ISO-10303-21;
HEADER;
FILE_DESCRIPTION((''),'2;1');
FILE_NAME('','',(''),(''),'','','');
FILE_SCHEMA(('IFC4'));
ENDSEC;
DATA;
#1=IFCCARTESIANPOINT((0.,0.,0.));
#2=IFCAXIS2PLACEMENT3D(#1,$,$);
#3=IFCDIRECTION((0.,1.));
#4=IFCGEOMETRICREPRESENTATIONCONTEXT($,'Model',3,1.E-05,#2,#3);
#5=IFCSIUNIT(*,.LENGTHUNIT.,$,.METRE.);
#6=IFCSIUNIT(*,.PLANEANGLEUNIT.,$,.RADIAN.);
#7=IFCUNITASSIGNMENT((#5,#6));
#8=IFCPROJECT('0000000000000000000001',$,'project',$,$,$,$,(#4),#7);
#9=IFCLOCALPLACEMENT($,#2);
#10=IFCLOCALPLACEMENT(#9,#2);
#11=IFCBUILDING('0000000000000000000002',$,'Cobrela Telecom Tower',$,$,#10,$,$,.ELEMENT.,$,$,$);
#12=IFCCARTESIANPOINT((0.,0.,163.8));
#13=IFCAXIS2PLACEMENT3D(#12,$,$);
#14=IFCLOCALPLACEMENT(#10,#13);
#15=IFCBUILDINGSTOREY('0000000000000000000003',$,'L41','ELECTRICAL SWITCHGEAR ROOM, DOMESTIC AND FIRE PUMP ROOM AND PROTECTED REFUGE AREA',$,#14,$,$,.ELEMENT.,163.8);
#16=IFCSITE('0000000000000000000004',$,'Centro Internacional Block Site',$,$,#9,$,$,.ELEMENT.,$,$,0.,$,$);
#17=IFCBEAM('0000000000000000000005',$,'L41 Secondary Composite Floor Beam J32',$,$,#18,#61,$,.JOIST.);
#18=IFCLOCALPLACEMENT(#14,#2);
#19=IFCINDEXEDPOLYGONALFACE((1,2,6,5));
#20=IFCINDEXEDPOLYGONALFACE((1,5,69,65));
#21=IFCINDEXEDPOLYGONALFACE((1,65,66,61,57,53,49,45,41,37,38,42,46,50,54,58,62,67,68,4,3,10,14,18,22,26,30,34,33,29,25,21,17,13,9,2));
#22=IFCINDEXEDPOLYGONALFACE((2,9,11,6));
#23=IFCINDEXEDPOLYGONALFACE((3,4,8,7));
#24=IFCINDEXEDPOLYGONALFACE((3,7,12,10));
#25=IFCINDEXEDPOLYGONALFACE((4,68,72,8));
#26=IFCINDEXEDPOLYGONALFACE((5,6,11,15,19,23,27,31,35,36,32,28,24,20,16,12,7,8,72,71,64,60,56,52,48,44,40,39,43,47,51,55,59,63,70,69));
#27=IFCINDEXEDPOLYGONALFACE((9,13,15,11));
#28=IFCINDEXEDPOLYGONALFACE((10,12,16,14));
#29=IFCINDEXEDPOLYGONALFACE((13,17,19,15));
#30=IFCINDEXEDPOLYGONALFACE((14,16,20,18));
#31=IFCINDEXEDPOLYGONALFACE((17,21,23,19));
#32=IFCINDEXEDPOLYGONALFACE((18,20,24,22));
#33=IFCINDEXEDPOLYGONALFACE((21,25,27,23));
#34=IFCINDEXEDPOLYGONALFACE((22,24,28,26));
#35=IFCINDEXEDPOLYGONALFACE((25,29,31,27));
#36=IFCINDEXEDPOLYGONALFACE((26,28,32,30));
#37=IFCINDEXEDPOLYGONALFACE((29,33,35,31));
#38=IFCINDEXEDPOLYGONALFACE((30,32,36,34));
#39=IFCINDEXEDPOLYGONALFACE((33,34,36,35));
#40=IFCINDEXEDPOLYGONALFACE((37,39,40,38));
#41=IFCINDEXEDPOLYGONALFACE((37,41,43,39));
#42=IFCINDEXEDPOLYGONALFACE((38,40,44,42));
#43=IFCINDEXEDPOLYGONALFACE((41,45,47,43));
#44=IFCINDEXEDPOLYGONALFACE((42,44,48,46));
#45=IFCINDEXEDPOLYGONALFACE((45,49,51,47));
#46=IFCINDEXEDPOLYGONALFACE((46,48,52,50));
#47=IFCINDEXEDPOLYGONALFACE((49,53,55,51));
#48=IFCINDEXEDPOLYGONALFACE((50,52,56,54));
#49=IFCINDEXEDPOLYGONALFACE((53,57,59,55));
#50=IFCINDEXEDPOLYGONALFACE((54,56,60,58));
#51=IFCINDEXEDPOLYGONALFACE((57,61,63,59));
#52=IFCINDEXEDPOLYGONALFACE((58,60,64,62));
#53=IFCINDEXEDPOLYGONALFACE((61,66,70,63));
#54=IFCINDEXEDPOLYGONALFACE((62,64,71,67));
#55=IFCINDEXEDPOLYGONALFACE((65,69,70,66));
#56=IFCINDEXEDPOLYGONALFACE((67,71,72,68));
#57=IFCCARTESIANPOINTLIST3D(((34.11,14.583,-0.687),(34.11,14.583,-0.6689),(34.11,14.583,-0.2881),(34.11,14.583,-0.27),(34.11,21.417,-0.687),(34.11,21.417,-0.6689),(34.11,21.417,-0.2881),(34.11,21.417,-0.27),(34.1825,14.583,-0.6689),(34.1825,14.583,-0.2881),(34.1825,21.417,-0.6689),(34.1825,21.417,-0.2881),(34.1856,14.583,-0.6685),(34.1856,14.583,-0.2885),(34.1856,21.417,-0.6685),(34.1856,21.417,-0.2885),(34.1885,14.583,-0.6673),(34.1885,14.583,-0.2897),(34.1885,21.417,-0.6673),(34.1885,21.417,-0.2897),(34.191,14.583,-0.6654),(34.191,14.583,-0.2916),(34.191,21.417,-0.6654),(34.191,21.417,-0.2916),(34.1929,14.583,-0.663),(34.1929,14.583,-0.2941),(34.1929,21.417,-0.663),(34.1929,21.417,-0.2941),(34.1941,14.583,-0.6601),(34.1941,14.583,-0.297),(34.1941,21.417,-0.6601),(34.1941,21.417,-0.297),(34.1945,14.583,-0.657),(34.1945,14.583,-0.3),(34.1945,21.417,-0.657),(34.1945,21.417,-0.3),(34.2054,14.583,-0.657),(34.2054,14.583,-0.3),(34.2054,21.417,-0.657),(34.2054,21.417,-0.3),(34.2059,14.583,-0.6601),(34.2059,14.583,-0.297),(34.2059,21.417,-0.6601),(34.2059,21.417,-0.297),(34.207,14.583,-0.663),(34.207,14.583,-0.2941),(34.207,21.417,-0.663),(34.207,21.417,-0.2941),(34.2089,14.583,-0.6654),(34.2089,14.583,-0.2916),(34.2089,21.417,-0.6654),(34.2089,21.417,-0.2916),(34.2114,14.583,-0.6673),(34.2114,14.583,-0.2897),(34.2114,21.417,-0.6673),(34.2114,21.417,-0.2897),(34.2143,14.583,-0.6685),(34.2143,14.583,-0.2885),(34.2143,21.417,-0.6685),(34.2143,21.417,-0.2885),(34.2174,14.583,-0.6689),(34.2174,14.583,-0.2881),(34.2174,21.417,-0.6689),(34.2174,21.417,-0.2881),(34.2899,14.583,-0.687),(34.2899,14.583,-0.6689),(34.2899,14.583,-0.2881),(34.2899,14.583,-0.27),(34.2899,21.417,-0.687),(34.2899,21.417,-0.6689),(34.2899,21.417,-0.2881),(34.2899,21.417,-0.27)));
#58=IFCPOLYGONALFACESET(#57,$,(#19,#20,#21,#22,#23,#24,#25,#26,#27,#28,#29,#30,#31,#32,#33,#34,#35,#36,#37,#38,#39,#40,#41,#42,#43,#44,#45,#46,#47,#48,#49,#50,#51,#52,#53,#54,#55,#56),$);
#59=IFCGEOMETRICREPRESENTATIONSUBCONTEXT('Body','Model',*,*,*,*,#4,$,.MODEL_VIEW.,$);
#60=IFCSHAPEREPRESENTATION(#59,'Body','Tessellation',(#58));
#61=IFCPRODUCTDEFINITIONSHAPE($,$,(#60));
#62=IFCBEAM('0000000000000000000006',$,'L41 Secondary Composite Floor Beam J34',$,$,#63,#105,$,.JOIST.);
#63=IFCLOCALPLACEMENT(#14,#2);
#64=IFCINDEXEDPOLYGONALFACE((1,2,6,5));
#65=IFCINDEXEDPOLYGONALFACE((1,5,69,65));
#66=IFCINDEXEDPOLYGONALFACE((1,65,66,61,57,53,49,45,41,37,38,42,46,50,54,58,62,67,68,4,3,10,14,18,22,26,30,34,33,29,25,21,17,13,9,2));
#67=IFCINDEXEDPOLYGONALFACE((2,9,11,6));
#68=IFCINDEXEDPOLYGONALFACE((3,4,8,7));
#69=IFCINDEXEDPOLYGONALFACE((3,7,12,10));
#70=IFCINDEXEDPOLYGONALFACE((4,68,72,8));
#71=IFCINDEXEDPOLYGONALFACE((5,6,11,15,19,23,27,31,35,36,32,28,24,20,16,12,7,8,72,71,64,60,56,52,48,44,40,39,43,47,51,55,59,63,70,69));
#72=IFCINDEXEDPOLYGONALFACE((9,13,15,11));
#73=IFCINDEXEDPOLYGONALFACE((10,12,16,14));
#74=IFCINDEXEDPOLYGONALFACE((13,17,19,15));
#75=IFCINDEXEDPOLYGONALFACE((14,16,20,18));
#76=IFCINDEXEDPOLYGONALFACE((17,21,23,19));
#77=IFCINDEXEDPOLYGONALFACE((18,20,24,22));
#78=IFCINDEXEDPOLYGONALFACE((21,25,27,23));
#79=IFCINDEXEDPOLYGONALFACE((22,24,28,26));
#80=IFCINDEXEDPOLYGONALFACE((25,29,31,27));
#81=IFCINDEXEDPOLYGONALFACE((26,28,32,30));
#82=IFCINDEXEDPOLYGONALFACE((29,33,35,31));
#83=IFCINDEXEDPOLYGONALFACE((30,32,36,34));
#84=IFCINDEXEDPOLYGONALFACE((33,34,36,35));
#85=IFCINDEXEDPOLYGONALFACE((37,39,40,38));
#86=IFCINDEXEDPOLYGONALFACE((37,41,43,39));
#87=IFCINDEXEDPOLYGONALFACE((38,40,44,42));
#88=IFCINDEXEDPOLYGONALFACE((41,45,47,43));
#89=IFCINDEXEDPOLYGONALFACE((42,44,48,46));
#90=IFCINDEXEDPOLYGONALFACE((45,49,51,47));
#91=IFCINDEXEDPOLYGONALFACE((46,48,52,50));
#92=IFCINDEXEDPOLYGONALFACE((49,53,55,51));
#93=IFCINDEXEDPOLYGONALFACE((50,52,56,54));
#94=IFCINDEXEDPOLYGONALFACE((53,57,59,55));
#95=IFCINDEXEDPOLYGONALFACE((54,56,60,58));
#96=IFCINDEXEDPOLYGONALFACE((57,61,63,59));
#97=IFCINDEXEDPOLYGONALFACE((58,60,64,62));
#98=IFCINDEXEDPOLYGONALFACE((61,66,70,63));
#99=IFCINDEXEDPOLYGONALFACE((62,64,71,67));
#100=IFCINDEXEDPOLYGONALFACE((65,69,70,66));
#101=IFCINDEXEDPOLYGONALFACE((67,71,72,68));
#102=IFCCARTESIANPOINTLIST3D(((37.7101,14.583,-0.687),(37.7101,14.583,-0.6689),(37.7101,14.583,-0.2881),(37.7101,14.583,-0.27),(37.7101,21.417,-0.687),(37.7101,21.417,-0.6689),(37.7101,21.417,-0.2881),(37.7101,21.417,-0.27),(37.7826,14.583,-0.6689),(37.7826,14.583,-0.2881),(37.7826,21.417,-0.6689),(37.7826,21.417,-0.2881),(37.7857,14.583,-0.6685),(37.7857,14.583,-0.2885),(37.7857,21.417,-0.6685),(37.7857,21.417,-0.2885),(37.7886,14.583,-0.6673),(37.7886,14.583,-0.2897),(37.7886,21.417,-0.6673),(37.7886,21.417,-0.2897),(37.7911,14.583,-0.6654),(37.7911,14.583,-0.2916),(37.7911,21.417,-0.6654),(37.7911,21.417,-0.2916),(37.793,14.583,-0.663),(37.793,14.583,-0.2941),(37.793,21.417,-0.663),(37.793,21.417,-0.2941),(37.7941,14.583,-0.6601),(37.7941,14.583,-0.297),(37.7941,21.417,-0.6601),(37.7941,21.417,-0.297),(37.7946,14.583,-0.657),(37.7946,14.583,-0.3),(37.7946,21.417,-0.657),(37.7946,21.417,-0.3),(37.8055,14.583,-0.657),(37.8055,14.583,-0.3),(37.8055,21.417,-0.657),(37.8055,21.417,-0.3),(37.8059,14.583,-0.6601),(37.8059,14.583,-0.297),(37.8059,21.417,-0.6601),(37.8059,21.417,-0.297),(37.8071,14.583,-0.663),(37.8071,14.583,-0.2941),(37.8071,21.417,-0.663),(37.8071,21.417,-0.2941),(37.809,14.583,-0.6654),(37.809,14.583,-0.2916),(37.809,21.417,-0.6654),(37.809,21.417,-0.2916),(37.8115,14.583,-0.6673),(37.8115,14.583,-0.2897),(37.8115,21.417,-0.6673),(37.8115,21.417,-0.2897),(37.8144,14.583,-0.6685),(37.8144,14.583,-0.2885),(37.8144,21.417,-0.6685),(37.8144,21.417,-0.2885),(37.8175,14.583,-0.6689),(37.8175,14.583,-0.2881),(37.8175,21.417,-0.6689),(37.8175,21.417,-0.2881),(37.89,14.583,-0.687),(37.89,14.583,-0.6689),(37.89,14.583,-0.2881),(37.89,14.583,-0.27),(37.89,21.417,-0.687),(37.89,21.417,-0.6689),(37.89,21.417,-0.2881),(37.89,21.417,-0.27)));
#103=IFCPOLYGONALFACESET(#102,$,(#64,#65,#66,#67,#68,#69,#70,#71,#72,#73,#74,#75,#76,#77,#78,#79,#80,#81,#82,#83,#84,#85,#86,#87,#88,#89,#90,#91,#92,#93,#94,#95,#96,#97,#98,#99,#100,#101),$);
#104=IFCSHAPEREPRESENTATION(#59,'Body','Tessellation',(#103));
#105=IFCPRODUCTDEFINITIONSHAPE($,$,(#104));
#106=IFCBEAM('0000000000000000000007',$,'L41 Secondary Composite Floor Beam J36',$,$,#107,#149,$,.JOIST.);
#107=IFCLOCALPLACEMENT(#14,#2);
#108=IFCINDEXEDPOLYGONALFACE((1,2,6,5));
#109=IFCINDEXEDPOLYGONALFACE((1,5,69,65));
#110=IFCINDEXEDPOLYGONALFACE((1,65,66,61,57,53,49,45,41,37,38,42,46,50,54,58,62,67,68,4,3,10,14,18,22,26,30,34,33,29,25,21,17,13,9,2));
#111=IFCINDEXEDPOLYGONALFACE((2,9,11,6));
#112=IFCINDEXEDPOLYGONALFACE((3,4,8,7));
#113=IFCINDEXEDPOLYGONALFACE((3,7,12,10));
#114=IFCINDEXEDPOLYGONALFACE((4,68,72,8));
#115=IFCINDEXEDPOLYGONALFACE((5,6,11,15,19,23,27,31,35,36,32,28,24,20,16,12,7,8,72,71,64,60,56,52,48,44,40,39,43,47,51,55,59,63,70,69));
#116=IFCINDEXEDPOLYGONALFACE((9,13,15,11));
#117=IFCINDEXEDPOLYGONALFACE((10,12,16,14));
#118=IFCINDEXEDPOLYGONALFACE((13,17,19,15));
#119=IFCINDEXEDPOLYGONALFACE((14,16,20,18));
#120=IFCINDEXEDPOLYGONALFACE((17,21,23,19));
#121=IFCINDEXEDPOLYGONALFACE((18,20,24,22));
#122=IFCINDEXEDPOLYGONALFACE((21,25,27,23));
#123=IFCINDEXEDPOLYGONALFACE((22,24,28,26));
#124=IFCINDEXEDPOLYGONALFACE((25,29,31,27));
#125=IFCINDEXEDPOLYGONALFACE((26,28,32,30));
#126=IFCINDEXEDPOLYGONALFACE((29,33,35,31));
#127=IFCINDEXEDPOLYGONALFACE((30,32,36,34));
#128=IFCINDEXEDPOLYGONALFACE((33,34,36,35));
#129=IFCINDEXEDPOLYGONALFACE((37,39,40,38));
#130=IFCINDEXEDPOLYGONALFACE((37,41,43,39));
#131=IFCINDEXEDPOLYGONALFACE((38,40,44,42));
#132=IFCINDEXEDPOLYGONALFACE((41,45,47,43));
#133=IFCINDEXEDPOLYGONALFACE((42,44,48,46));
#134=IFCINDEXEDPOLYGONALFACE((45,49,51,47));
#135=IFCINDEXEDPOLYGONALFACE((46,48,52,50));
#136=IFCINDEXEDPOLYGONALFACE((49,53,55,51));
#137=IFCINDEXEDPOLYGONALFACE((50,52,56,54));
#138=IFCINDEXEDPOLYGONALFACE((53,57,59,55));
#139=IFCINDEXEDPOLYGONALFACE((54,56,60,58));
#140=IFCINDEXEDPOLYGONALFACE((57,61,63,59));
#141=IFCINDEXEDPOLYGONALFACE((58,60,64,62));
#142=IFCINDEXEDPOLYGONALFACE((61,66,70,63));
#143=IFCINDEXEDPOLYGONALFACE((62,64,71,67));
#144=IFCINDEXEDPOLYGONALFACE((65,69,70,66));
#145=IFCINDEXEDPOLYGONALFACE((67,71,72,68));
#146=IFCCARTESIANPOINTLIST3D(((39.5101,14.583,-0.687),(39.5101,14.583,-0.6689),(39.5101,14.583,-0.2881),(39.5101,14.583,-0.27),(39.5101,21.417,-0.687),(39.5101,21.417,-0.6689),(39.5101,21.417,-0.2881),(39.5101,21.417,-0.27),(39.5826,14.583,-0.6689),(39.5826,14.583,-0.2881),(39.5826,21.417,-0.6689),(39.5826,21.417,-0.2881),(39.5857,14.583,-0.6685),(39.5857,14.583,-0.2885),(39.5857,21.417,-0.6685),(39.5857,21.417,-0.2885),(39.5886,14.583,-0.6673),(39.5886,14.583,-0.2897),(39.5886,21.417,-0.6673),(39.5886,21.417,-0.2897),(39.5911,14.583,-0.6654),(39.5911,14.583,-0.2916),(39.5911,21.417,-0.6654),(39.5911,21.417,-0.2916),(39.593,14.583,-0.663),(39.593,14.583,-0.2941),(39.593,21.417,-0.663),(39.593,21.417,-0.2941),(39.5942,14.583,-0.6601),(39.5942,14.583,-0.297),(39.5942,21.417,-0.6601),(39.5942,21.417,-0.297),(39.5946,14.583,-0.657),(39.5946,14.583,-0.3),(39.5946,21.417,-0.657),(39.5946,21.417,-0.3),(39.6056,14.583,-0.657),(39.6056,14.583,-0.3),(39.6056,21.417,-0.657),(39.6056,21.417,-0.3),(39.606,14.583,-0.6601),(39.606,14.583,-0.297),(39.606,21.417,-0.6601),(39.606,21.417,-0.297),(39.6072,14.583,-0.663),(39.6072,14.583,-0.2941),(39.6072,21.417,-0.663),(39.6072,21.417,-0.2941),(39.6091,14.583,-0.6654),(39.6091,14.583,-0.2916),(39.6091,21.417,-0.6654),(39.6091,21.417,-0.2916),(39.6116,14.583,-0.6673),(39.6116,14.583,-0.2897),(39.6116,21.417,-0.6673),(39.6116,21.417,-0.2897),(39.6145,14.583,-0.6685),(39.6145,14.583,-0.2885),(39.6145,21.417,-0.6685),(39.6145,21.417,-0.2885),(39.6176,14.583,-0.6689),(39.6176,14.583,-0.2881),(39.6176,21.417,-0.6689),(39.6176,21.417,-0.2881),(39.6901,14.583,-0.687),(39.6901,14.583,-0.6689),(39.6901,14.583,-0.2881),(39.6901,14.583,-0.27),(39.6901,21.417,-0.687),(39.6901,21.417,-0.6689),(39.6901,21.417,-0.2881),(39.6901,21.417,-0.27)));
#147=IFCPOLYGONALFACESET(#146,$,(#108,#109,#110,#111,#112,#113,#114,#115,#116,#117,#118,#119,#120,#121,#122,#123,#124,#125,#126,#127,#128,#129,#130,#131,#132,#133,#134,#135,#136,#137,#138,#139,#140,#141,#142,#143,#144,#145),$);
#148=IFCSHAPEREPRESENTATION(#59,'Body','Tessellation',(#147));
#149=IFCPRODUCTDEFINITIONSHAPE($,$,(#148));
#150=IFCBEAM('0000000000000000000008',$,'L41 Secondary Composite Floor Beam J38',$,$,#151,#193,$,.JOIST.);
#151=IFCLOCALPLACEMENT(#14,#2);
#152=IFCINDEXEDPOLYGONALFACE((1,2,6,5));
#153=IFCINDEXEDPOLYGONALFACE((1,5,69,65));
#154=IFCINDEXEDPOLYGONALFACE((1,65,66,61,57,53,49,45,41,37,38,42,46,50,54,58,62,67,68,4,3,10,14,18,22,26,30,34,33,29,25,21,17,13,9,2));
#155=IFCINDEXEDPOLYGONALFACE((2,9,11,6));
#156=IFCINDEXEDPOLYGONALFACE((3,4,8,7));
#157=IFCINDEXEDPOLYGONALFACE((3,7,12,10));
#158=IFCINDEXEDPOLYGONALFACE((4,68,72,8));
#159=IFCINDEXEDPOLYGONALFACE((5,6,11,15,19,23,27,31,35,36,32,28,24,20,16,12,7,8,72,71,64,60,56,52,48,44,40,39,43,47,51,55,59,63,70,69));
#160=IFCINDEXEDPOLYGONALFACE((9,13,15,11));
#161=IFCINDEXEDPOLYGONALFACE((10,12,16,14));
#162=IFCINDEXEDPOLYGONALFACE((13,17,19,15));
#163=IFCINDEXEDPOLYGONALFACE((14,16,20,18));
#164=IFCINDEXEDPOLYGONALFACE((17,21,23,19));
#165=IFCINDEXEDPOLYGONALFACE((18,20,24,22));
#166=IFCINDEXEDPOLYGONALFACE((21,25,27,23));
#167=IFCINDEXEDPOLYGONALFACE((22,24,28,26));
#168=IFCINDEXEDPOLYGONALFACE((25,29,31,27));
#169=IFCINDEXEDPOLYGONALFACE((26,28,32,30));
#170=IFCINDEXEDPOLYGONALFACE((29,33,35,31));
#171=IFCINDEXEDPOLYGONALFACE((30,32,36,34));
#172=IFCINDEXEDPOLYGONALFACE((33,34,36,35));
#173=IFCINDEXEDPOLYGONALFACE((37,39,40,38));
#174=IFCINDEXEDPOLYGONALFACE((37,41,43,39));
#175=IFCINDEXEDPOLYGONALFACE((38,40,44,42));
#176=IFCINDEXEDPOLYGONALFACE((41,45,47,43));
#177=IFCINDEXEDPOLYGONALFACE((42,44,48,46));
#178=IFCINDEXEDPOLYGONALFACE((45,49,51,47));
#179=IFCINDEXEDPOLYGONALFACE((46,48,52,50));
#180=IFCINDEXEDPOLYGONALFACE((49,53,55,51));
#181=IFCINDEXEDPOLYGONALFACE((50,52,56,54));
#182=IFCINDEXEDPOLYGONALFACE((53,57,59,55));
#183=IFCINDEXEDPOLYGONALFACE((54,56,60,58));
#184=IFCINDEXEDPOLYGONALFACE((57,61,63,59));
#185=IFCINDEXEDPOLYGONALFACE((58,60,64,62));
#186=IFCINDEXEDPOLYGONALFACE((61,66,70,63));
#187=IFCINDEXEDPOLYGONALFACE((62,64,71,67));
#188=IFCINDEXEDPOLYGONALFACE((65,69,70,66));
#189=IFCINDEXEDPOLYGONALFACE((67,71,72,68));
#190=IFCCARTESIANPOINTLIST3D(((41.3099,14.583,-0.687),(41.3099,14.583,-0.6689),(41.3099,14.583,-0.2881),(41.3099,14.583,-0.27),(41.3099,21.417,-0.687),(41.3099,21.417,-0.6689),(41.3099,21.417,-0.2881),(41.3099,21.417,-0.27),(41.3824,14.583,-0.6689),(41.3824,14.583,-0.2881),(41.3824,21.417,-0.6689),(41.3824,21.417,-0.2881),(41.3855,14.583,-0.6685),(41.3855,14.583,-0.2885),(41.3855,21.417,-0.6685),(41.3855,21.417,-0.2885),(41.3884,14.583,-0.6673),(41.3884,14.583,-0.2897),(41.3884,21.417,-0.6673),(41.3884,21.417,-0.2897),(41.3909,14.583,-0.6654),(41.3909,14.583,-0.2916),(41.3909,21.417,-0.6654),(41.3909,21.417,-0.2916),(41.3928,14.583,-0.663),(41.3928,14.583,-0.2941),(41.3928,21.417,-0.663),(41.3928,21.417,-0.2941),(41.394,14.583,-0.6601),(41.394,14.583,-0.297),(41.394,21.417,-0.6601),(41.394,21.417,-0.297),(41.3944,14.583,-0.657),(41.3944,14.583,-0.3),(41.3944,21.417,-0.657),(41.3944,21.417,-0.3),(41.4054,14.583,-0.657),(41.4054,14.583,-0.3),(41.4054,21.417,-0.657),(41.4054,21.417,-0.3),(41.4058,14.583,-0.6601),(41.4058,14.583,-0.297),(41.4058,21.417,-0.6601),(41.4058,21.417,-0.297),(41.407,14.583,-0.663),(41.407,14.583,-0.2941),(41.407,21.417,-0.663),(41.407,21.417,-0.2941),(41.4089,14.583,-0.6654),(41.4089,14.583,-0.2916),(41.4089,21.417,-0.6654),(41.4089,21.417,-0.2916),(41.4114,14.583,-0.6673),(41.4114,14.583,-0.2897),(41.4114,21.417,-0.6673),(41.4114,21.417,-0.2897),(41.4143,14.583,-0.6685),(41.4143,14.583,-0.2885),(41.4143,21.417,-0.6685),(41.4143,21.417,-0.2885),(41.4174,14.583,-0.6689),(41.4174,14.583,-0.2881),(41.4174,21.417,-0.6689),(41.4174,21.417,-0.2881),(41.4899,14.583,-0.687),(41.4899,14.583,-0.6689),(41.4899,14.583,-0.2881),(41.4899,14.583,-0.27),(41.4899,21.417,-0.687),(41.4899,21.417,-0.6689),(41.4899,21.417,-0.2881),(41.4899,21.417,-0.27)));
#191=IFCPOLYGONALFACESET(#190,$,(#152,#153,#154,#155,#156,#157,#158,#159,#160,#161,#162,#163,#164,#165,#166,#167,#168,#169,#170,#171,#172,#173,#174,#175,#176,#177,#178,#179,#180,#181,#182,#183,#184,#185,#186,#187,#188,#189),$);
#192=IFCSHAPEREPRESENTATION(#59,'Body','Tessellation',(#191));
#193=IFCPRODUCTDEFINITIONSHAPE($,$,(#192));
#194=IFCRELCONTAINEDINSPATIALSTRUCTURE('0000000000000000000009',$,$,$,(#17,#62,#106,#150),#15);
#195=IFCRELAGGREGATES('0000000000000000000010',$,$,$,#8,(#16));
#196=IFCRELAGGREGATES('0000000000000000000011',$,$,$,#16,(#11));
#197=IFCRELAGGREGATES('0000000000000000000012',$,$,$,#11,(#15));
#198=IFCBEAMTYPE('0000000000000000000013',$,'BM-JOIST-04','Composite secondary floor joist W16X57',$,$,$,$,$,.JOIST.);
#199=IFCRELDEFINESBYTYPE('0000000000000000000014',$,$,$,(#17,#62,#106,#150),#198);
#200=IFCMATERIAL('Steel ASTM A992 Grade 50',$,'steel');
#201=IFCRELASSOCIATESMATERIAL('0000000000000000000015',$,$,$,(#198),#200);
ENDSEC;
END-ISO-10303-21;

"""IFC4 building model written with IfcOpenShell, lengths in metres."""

from ifc_helpers import new_model, si_unit, direction, frame, origin, origin_2d, place, context, subcontext, project, spatial, i_section, extrude, material, material_profile, profile_set, type_object, element, save


model = new_model("IFC4")

# Units and contexts
model_context = context("Model", 3, precision=1e-05, world=origin(), true_north=direction((0.0, 1.0)))
body_context = subcontext(model_context, "Body", "Model", "MODEL_VIEW")
ifc_project = project(units=[si_unit("LENGTHUNIT", "METRE"), si_unit("PLANEANGLEUNIT", "RADIAN")], contexts=[model_context])

# Site, building, storey
site_placement = place(None, origin())
site = spatial("IfcSite", under=ifc_project, at=site_placement, Name="Centro Internacional Block Site", CompositionType="ELEMENT", RefElevation=0.0)
building_placement = place(site_placement, origin())
building = spatial("IfcBuilding", under=site, at=building_placement, Name="Cobrela Telecom Tower", CompositionType="ELEMENT")
storey_placement = place(building_placement, frame((0.0, 0.0, 163.8)))
storey = spatial("IfcBuildingStorey", under=building, at=storey_placement, Name="L41", Description="ELECTRICAL SWITCHGEAR ROOM, DOMESTIC AND FIRE PUMP ROOM AND PROTECTED REFUGE AREA", CompositionType="ELEMENT", Elevation=163.8)

# Shared definitions
ifc_material_1 = material(Name="Steel ASTM A992 Grade 50", Category="steel")

# Beams
ifc_material_profile_1 = material_profile(ifc_material_1, i_section(OverallWidth=0.1799, OverallDepth=0.417, WebThickness=0.011, FlangeThickness=0.0181, FilletRadius=0.012, at=origin_2d()), Name="W16X57")
ifc_profile_set_1 = profile_set([ifc_material_profile_1], Name="Steel ASTM A992 Grade 50")
beam_type_1 = type_object("IfcBeamType", Name="BM-JOIST-04", Description="Composite secondary floor joist W16X57", PredefinedType="JOIST", material=ifc_profile_set_1)
for number, where, z_axis, x_axis, name in (
    (1, (34.2, 14.583, -0.4785), (0.0, 1.0, 0.0), (-1.0, 0.0, 0.0), "L41 Secondary Composite Floor Beam J32"),
    (2, (37.8, 14.583, -0.4785), (0.0, 1.0, 0.0), (-1.0, 0.0, 0.0), "L41 Secondary Composite Floor Beam J34"),
    (3, (39.6001, 14.583, -0.4785), (0.0, 1.0, 0.0), (-1.0, 0.0, 0.0), "L41 Secondary Composite Floor Beam J36"),
    (4, (41.3999, 14.583, -0.4785), (0.0, 1.0, 0.0), (-1.0, 0.0, 0.0), "L41 Secondary Composite Floor Beam J38"),
):
    element("IfcBeam", number, at=place(storey_placement, frame(where, z_axis=z_axis, x_axis=x_axis)), inside=storey, type_object=beam_type_1, Name=name, PredefinedType="JOIST", context=body_context, shape_type="SweptSolid", body=[
        extrude(i_section(OverallWidth=0.1799, OverallDepth=0.417, WebThickness=0.011, FlangeThickness=0.0181, FilletRadius=0.012, at=origin_2d()), origin(), (0.0, 0.0, 1.0), 6.834),
    ])

save(model, "model.ifc")
